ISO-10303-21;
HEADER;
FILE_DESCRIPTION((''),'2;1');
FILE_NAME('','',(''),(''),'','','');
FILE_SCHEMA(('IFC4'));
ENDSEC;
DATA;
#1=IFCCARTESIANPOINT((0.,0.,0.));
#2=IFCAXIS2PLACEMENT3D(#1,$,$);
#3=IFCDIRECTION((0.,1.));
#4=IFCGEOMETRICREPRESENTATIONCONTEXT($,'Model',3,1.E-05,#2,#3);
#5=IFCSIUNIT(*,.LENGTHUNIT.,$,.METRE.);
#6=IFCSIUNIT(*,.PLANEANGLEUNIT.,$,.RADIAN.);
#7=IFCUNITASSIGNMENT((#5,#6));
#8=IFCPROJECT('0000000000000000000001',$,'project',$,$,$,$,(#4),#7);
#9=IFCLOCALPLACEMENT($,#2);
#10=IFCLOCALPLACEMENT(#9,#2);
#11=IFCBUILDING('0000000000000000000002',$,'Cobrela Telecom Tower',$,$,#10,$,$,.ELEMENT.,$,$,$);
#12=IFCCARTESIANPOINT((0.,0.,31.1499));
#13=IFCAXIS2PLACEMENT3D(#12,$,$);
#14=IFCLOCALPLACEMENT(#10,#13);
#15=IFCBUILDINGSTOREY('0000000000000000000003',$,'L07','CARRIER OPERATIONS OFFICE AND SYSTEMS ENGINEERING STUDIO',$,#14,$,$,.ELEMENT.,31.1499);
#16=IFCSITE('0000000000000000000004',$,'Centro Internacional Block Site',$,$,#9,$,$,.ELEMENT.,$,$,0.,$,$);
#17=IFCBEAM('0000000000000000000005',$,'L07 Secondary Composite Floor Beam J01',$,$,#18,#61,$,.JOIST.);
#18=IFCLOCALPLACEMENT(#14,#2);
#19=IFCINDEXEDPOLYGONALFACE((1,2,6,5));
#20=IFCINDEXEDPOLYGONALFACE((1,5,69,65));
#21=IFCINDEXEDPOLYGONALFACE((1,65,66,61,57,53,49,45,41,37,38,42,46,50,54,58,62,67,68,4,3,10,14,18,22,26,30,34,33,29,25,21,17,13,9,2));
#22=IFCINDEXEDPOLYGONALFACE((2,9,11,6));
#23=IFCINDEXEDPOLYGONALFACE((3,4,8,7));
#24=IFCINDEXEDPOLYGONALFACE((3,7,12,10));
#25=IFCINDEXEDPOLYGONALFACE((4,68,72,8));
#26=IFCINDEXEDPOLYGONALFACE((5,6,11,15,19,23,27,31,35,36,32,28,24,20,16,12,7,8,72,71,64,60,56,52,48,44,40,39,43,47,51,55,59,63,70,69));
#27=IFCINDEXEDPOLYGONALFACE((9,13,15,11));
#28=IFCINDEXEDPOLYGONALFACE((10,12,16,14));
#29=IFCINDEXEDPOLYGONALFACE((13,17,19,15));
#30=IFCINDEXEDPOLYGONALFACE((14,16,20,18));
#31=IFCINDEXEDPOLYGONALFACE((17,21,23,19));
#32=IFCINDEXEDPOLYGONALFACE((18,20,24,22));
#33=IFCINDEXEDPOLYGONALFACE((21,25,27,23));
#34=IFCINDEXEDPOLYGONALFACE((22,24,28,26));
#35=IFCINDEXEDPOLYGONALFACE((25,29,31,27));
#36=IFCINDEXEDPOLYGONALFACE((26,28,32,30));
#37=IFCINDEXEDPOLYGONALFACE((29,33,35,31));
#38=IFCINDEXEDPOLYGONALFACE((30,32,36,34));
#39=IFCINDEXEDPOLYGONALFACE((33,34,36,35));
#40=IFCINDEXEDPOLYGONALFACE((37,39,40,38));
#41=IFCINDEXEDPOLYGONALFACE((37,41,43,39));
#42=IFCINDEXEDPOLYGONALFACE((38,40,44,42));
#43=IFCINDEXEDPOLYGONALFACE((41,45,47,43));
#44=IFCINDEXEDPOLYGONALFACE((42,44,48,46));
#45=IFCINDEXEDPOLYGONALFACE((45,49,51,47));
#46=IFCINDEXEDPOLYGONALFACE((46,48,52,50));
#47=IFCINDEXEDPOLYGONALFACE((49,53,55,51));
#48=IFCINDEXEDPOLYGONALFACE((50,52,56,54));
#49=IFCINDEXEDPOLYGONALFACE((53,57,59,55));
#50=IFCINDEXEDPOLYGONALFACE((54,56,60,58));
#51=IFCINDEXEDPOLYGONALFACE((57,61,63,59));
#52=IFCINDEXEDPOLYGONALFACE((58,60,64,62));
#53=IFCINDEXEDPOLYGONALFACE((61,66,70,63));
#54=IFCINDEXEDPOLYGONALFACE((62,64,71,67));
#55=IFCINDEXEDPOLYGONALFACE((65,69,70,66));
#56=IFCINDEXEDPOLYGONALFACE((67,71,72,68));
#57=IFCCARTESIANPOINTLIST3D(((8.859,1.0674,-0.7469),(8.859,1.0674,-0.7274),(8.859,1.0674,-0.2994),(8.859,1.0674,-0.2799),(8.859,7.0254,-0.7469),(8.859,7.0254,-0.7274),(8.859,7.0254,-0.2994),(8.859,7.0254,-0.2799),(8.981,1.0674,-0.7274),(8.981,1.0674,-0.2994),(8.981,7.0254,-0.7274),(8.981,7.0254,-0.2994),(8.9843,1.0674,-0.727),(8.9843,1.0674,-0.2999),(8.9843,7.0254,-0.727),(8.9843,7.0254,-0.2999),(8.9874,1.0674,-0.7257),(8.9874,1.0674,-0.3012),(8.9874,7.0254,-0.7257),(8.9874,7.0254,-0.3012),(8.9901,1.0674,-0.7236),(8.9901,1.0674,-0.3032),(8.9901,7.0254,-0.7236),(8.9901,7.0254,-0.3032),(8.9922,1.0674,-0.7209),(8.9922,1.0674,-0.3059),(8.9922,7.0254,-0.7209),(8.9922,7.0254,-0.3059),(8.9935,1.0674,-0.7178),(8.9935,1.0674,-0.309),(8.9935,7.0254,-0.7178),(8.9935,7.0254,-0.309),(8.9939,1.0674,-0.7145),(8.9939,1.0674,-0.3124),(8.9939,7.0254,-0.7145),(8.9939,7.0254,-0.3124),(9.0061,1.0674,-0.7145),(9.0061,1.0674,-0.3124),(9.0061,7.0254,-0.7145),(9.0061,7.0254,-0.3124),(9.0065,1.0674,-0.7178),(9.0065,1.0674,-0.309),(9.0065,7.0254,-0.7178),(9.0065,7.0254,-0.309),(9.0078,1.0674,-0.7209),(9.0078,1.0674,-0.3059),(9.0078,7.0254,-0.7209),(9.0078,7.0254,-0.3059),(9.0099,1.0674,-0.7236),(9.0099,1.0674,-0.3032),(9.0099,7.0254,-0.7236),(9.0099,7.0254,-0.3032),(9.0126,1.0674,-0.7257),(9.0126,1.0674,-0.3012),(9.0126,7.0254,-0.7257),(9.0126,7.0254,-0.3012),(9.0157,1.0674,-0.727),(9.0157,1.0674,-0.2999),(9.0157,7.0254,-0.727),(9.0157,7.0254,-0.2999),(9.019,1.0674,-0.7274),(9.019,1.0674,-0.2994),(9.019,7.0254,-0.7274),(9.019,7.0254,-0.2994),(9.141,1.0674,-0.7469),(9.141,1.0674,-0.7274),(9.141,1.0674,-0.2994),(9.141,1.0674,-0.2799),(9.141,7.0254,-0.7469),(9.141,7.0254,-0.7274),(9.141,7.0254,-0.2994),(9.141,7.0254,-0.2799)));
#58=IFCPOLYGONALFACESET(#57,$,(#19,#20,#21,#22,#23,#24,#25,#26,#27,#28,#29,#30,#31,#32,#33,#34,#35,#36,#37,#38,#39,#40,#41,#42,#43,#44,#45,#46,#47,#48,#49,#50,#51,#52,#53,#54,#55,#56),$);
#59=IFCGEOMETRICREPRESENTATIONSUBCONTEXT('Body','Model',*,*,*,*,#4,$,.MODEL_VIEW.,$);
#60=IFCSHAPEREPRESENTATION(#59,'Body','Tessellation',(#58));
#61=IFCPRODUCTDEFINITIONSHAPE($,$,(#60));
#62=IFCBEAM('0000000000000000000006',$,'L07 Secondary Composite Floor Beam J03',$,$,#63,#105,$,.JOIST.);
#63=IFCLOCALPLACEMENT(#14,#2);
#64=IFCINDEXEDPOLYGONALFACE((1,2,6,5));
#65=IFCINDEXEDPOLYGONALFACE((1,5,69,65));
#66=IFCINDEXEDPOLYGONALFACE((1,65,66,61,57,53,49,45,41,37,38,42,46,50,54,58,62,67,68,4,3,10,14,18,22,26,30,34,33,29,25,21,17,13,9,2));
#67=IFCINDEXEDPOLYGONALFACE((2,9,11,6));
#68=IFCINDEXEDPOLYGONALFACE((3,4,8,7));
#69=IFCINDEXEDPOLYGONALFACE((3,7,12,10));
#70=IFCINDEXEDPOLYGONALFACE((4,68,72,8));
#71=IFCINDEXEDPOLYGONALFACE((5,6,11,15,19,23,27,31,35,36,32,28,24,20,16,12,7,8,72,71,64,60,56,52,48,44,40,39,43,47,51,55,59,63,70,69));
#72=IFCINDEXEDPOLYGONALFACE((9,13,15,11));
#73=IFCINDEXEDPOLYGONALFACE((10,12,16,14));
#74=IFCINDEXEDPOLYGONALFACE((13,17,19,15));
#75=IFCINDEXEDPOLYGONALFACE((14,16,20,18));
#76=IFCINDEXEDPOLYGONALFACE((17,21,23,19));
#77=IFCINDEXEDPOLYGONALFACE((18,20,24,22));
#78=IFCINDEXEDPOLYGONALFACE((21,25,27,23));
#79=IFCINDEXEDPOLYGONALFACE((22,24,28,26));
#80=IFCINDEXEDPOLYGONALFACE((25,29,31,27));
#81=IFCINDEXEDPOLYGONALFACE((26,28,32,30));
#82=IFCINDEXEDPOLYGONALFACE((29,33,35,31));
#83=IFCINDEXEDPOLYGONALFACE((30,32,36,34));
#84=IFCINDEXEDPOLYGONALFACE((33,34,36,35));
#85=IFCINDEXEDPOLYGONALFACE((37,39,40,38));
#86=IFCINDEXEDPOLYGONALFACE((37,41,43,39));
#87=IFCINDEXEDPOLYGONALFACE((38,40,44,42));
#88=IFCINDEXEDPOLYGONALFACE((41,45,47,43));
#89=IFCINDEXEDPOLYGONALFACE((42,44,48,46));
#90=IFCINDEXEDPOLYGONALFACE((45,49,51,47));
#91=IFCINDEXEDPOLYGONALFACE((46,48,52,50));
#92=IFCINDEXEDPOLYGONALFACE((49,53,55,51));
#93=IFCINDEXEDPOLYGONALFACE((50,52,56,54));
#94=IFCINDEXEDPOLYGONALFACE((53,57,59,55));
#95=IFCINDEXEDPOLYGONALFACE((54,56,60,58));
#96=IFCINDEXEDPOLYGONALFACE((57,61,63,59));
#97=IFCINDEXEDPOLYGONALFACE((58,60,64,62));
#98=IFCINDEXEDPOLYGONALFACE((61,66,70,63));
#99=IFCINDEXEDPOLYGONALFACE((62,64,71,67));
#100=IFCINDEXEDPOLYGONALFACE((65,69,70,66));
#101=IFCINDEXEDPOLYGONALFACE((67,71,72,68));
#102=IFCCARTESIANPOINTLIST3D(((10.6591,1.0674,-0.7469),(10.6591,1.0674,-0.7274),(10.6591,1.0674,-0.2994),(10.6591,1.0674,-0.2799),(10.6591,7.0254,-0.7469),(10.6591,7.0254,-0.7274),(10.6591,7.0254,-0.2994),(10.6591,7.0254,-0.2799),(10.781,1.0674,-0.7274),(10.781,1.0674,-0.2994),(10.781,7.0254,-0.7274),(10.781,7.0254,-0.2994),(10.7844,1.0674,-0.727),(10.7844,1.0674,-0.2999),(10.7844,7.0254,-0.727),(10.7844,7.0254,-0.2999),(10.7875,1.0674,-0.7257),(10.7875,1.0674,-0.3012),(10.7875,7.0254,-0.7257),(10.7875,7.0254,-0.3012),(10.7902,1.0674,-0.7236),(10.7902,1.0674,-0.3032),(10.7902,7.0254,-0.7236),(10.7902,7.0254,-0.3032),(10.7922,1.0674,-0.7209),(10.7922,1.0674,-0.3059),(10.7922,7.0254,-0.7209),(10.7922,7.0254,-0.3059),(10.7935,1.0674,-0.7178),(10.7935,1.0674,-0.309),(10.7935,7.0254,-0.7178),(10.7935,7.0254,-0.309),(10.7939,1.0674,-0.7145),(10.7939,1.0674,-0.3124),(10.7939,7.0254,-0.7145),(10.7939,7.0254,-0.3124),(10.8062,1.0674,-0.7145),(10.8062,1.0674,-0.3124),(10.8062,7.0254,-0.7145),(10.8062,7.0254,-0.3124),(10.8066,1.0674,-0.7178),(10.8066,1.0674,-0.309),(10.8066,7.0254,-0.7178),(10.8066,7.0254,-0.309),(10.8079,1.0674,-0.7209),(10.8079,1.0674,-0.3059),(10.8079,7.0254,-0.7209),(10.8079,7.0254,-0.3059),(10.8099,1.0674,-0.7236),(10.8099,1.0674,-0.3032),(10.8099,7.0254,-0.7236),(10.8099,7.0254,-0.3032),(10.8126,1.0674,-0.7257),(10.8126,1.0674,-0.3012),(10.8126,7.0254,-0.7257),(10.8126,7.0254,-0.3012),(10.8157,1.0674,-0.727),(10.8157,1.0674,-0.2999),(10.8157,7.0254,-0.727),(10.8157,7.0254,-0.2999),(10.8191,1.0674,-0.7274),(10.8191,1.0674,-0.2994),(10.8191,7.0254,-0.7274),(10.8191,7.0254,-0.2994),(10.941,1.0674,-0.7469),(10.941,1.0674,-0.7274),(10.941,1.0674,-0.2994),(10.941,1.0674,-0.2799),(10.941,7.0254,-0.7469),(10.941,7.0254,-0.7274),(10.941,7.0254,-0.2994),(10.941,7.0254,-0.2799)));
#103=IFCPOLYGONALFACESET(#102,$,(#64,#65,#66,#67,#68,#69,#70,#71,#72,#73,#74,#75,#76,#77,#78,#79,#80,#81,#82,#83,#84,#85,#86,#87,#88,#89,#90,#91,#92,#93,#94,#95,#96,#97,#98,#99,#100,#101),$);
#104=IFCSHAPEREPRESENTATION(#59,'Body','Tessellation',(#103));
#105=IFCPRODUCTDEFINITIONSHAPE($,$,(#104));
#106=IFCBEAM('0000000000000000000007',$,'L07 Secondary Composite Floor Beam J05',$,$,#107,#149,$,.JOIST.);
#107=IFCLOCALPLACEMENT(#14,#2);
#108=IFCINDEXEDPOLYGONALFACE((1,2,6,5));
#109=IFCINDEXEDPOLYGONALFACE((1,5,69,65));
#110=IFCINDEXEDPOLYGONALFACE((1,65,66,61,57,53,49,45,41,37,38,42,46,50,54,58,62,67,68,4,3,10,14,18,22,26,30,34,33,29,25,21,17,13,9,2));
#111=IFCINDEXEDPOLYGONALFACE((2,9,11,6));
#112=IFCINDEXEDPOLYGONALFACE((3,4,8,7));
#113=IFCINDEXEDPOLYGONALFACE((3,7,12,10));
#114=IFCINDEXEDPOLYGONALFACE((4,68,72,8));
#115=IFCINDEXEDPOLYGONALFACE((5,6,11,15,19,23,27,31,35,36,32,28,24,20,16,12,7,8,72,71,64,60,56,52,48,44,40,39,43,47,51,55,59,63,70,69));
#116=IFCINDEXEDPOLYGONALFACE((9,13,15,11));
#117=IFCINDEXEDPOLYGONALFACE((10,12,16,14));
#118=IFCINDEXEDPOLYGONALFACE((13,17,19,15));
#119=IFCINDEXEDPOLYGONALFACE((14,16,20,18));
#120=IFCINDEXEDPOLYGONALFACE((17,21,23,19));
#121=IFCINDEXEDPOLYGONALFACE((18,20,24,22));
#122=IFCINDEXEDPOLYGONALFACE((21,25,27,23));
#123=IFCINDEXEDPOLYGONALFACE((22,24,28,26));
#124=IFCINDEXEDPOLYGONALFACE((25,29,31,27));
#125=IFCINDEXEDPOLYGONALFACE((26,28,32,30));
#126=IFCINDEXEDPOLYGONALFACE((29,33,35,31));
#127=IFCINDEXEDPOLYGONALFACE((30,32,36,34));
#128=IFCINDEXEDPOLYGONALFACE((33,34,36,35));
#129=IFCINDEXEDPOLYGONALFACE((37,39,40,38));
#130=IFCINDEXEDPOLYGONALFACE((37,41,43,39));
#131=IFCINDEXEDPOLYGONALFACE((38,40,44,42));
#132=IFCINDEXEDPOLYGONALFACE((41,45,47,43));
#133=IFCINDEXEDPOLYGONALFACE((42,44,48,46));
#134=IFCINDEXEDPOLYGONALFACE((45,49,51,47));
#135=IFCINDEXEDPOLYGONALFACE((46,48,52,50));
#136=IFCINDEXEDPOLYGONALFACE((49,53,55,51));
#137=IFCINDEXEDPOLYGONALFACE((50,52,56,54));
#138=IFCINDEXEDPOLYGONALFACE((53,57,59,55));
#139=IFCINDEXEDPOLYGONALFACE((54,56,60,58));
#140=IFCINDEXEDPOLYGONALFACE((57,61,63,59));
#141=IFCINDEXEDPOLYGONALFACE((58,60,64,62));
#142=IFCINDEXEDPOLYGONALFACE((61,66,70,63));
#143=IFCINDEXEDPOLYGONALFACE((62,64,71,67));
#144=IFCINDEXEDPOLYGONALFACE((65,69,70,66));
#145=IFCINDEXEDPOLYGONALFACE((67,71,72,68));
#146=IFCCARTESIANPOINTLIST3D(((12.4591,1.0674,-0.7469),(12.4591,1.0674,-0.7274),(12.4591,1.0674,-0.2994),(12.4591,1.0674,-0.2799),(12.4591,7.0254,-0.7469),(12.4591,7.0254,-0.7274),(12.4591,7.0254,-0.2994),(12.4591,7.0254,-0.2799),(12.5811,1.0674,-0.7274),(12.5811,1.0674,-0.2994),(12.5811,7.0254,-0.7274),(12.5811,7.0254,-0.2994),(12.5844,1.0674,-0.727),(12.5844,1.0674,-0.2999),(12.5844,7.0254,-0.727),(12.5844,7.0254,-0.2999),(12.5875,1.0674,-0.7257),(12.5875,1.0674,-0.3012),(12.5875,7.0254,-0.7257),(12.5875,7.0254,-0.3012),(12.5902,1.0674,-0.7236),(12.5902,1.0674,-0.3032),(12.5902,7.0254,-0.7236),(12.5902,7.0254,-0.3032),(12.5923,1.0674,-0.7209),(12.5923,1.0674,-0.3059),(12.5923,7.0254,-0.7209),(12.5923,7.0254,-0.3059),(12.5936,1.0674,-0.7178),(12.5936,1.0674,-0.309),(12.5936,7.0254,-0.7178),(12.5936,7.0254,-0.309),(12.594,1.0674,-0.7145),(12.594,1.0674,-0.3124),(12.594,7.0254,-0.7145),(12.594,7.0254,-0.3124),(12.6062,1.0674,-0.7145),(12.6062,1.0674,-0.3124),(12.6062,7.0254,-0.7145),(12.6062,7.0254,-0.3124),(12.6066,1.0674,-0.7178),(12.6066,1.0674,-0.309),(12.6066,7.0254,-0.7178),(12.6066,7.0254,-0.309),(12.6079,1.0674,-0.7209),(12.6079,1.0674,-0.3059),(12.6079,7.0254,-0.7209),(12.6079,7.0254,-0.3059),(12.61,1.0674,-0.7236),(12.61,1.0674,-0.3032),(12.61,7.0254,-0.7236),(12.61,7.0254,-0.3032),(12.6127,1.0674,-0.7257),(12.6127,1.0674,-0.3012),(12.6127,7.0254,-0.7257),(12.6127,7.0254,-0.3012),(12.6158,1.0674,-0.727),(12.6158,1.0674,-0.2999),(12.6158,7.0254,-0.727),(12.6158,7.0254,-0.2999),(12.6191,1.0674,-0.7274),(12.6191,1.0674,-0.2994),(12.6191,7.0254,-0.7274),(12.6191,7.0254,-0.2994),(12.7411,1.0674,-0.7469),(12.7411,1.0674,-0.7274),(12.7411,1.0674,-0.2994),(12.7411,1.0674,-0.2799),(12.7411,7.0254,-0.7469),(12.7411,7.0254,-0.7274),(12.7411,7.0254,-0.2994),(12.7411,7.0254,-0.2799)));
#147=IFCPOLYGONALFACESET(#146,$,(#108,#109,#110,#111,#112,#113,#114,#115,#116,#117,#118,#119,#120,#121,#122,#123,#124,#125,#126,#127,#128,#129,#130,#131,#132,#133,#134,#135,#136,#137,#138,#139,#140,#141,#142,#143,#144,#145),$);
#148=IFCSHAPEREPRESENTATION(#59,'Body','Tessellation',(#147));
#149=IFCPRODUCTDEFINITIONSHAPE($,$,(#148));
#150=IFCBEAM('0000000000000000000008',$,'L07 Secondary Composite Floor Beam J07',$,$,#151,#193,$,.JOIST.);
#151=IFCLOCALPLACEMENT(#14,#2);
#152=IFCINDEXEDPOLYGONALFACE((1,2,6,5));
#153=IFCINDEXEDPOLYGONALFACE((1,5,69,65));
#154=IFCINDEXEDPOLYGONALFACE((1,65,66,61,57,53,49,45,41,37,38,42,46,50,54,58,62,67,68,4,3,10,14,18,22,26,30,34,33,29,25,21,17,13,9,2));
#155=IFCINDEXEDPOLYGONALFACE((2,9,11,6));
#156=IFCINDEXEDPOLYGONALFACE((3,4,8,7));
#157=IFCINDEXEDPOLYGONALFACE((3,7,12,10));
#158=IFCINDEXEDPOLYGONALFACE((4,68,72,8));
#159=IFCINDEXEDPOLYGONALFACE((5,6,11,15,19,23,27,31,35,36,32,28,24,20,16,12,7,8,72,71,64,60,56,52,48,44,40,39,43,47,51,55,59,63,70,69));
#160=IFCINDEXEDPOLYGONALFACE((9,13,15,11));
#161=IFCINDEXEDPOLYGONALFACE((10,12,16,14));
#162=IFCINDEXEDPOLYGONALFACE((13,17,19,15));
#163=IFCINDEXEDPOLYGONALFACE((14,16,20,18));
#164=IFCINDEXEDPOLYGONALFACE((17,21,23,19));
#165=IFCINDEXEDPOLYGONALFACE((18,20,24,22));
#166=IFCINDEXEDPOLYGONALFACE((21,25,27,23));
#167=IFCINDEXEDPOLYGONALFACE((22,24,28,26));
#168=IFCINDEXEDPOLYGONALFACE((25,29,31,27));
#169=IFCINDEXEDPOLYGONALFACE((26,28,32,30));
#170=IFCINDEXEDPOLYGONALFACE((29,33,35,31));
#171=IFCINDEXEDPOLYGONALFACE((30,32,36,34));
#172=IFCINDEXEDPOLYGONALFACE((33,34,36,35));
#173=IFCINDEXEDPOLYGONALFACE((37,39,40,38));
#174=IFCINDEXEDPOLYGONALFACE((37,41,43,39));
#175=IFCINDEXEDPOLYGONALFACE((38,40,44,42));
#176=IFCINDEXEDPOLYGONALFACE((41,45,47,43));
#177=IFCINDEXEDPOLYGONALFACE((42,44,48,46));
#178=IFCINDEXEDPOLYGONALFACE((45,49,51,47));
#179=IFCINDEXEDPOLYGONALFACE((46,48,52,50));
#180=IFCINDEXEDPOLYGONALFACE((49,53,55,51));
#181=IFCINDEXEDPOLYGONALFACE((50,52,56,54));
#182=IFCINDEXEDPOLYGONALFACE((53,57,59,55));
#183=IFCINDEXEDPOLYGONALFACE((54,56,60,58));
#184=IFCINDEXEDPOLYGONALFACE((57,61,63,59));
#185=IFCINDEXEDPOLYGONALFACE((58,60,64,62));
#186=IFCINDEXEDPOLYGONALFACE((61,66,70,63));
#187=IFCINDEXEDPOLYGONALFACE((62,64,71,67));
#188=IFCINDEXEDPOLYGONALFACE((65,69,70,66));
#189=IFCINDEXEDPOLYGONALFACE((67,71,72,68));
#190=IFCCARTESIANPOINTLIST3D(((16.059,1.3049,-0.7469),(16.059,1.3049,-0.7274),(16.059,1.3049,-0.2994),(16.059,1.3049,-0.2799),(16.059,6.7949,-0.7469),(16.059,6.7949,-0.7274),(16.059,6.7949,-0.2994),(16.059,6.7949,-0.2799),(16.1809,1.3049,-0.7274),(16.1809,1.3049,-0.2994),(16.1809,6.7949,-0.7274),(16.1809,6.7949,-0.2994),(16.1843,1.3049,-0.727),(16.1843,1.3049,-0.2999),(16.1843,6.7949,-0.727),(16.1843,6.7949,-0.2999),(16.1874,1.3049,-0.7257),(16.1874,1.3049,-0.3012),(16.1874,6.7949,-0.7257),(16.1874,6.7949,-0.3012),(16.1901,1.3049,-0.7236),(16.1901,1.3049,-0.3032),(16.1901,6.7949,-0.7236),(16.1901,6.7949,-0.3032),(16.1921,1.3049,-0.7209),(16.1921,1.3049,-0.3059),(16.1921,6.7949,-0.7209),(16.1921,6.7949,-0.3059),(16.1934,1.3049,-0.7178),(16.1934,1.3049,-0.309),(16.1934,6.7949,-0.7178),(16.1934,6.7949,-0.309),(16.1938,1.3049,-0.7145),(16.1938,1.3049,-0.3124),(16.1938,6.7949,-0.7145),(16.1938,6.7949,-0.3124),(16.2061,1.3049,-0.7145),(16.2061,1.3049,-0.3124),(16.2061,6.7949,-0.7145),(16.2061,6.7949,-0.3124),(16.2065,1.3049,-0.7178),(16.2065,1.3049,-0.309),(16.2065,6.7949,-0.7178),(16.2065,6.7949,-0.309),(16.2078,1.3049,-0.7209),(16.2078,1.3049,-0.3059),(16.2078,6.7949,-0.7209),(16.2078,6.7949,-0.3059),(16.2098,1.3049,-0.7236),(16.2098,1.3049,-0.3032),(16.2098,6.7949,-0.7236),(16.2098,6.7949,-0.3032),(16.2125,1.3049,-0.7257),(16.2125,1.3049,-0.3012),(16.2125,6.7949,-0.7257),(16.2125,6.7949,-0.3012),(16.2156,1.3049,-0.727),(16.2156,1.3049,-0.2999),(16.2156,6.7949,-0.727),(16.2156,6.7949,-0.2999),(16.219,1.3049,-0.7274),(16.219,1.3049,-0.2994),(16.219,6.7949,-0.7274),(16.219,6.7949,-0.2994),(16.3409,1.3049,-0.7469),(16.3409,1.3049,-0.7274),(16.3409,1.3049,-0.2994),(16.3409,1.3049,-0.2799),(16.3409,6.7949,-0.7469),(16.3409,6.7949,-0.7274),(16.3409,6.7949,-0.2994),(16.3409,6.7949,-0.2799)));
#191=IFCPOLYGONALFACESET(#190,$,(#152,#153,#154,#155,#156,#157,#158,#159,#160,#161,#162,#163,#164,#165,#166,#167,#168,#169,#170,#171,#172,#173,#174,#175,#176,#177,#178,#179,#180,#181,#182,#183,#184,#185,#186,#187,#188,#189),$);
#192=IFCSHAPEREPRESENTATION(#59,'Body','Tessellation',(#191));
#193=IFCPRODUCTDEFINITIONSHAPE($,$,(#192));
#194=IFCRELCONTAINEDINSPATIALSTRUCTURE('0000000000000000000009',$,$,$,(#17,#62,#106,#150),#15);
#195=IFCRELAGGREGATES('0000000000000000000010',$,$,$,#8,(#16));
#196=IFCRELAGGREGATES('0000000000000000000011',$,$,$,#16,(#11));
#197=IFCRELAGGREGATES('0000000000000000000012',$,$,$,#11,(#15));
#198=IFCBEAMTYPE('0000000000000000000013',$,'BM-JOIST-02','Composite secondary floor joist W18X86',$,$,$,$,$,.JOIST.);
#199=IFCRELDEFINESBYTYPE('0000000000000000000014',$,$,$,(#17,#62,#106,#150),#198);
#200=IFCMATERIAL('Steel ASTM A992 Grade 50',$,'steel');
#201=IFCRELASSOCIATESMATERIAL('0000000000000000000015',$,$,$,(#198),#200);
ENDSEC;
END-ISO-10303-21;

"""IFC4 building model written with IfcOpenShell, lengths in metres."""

from ifc_helpers import new_model, si_unit, direction, frame, origin, origin_2d, place, context, subcontext, project, spatial, i_section, extrude, material, material_profile, profile_set, type_object, element, save


model = new_model("IFC4")

# Units and contexts
model_context = context("Model", 3, precision=1e-05, world=origin(), true_north=direction((0.0, 1.0)))
body_context = subcontext(model_context, "Body", "Model", "MODEL_VIEW")
ifc_project = project(units=[si_unit("LENGTHUNIT", "METRE"), si_unit("PLANEANGLEUNIT", "RADIAN")], contexts=[model_context])

# Site, building, storey
site_placement = place(None, origin())
site = spatial("IfcSite", under=ifc_project, at=site_placement, Name="Centro Internacional Block Site", CompositionType="ELEMENT", RefElevation=0.0)
building_placement = place(site_placement, origin())
building = spatial("IfcBuilding", under=site, at=building_placement, Name="Cobrela Telecom Tower", CompositionType="ELEMENT")
storey_placement = place(building_placement, frame((0.0, 0.0, 31.1499)))
storey = spatial("IfcBuildingStorey", under=building, at=storey_placement, Name="L07", Description="CARRIER OPERATIONS OFFICE AND SYSTEMS ENGINEERING STUDIO", CompositionType="ELEMENT", Elevation=31.1499)

# Beams
ifc_material_1 = material(Name="Steel ASTM A992 Grade 50", Category="steel")
ifc_material_profile_1 = material_profile(ifc_material_1, i_section(OverallWidth=0.282, OverallDepth=0.467, WebThickness=0.0122, FlangeThickness=0.0195, FilletRadius=0.0129, at=origin_2d()), Name="W18X86")
ifc_profile_set_1 = profile_set([ifc_material_profile_1], Name="Steel ASTM A992 Grade 50")
beam_type_1 = type_object("IfcBeamType", Name="BM-JOIST-02", Description="Composite secondary floor joist W18X86", PredefinedType="JOIST", material=ifc_profile_set_1)
for number, where, z_axis, x_axis, name in (
    (1, (9.0, 1.0674, -0.5134), (0.0, 1.0, 0.0), (-1.0, 0.0, 0.0), "L07 Secondary Composite Floor Beam J01"),
    (2, (10.8, 1.0674, -0.5134), (0.0, 1.0, 0.0), (-1.0, 0.0, 0.0), "L07 Secondary Composite Floor Beam J03"),
    (3, (12.6001, 1.0674, -0.5134), (0.0, 1.0, 0.0), (-1.0, 0.0, 0.0), "L07 Secondary Composite Floor Beam J05"),
):
    element("IfcBeam", number, at=place(storey_placement, frame(where, z_axis=z_axis, x_axis=x_axis)), inside=storey, type_object=beam_type_1, Name=name, PredefinedType="JOIST", context=body_context, shape_type="SweptSolid", body=[
        extrude(i_section(OverallWidth=0.282, OverallDepth=0.467, WebThickness=0.0122, FlangeThickness=0.0195, FilletRadius=0.0129, at=origin_2d()), origin(), (0.0, 0.0, 1.0), 5.958),
    ])
for number, where, z_axis, x_axis, name in (
    (4, (16.2, 1.3049, -0.5134), (0.0, 1.0, 0.0), (-1.0, 0.0, 0.0), "L07 Secondary Composite Floor Beam J07"),
):
    element("IfcBeam", number, at=place(storey_placement, frame(where, z_axis=z_axis, x_axis=x_axis)), inside=storey, type_object=beam_type_1, Name=name, PredefinedType="JOIST", context=body_context, shape_type="SweptSolid", body=[
        extrude(i_section(OverallWidth=0.282, OverallDepth=0.467, WebThickness=0.0122, FlangeThickness=0.0195, FilletRadius=0.0129, at=origin_2d()), origin(), (0.0, 0.0, 1.0), 5.49),
    ])

save(model, "model.ifc")
